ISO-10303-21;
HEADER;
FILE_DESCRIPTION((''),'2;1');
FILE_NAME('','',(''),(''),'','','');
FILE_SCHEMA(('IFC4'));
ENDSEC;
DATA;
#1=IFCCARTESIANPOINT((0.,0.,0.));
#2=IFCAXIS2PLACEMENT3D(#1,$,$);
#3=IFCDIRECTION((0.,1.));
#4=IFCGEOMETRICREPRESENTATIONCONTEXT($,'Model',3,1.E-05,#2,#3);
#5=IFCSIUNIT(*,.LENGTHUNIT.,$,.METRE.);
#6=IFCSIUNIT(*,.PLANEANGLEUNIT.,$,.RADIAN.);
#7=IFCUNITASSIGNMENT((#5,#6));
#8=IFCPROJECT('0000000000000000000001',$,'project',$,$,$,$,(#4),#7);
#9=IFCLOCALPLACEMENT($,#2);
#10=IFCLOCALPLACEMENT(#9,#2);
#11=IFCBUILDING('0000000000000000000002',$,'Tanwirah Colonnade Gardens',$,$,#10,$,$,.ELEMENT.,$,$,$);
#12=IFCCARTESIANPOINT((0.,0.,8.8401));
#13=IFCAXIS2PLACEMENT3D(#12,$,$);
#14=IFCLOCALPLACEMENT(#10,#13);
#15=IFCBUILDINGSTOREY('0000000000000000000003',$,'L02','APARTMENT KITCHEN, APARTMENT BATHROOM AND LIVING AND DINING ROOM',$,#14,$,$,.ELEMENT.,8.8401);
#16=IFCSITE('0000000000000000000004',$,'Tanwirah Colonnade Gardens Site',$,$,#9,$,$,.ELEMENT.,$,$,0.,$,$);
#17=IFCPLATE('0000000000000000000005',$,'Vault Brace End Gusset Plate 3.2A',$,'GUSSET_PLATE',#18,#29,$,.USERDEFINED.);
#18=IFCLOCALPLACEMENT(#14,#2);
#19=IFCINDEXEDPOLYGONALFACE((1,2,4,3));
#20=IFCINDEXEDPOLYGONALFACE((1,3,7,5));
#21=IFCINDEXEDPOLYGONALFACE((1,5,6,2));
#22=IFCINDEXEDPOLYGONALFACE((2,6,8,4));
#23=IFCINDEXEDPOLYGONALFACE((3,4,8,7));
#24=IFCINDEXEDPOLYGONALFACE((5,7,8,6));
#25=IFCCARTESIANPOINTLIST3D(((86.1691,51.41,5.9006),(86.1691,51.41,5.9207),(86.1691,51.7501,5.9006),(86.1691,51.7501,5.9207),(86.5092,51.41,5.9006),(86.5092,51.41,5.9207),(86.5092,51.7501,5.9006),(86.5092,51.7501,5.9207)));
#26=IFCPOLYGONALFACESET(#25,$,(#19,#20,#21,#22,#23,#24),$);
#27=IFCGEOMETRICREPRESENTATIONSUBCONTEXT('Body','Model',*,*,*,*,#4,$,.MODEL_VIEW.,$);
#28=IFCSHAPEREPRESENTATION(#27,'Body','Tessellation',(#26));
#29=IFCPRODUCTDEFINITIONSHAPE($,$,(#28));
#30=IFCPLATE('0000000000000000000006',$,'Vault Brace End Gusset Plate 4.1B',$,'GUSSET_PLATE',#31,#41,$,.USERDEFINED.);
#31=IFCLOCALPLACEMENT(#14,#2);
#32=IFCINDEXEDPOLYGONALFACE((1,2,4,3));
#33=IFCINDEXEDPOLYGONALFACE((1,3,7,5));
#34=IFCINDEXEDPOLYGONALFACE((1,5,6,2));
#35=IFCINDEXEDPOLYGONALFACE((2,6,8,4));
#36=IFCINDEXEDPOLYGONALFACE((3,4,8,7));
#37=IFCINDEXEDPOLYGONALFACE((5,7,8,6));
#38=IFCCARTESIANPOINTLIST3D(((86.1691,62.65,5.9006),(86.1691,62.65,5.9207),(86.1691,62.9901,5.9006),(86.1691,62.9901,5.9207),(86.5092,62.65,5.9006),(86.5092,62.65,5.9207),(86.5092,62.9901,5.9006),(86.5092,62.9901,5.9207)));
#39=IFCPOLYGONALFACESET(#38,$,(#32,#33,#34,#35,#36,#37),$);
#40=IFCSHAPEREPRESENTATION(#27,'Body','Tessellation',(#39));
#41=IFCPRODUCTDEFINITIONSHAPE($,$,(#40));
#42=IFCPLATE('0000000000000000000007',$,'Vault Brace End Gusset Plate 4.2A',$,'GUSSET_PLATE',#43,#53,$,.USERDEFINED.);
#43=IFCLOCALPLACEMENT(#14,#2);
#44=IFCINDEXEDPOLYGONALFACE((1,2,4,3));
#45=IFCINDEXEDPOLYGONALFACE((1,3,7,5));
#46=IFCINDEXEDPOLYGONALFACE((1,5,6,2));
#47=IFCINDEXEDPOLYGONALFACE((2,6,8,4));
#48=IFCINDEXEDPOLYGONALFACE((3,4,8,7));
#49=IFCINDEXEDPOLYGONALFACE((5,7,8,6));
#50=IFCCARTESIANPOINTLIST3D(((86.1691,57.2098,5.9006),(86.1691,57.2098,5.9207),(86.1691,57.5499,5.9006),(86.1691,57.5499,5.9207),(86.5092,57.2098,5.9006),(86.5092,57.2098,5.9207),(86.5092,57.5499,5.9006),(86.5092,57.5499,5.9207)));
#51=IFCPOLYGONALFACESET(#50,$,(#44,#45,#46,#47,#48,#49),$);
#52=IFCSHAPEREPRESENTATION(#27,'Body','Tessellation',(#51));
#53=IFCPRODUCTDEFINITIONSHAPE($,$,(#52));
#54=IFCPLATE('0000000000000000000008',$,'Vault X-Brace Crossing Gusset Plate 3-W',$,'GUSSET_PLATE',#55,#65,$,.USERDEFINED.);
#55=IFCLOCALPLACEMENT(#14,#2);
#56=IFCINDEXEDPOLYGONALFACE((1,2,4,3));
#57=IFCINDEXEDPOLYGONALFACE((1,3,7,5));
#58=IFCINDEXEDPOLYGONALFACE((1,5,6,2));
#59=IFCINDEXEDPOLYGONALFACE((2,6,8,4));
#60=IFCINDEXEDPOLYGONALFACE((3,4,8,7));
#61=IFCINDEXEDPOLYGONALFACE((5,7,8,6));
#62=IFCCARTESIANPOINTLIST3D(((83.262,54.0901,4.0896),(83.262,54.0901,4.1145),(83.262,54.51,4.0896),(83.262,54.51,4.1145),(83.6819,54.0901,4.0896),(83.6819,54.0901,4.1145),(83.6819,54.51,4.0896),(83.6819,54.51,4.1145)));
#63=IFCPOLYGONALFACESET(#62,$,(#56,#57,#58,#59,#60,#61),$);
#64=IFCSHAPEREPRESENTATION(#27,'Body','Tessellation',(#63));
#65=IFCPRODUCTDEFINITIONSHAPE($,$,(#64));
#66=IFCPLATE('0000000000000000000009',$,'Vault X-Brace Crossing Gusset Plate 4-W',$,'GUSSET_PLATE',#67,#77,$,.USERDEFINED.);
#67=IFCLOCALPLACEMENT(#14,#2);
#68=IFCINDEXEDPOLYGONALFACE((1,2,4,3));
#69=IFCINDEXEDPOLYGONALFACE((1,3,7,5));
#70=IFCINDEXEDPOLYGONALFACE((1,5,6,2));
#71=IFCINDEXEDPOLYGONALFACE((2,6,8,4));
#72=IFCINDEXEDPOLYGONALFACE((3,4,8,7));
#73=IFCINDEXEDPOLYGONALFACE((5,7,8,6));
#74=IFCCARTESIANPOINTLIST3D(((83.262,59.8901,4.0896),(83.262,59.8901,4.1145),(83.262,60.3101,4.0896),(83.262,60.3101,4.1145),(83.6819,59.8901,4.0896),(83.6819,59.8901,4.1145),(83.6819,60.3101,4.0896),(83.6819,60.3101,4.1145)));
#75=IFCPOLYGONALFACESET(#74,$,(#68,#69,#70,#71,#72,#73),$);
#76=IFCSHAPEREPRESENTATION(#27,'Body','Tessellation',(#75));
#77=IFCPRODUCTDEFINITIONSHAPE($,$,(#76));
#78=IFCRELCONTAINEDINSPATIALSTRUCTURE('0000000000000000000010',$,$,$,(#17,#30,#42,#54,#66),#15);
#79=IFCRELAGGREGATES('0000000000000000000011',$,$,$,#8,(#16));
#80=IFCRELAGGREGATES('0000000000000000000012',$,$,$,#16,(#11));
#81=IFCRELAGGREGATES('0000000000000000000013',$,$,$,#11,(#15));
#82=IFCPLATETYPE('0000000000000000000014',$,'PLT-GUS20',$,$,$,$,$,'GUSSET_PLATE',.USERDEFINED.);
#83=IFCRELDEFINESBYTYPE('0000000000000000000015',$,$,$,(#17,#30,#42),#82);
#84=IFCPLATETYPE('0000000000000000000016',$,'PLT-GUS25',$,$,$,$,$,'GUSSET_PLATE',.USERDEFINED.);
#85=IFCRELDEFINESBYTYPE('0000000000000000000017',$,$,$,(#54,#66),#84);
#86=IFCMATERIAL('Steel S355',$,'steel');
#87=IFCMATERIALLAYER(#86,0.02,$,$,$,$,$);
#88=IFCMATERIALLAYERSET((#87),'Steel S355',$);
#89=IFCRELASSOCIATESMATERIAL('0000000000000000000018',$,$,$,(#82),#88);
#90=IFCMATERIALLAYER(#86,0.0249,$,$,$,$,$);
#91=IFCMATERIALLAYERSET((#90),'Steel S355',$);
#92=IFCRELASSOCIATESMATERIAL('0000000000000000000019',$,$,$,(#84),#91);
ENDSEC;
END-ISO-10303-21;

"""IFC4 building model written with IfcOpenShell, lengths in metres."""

from ifc_helpers import new_model, si_unit, direction, frame, origin, origin_2d, place, context, subcontext, project, spatial, rectangle, extrude, material, layer, layer_set, type_object, element, save


model = new_model("IFC4")

# Units and contexts
model_context = context("Model", 3, precision=1e-05, world=origin(), true_north=direction((0.0, 1.0)))
body_context = subcontext(model_context, "Body", "Model", "MODEL_VIEW")
ifc_project = project(units=[si_unit("LENGTHUNIT", "METRE"), si_unit("PLANEANGLEUNIT", "RADIAN")], contexts=[model_context])

# Site, building, storey
site_placement = place(None, origin())
site = spatial("IfcSite", under=ifc_project, at=site_placement, Name="Tanwirah Colonnade Gardens Site", CompositionType="ELEMENT", RefElevation=0.0)
building_placement = place(site_placement, origin())
building = spatial("IfcBuilding", under=site, at=building_placement, Name="Tanwirah Colonnade Gardens", CompositionType="ELEMENT")
storey_placement = place(building_placement, frame((0.0, 0.0, 8.8401)))
storey = spatial("IfcBuildingStorey", under=building, at=storey_placement, Name="L02", Description="APARTMENT KITCHEN, APARTMENT BATHROOM AND LIVING AND DINING ROOM", CompositionType="ELEMENT", Elevation=8.8401)

# Shared definitions
ifc_material_1 = material(Name="Steel S355", Category="steel")

# Plates
ifc_layer_1 = layer(ifc_material_1, 0.02)
ifc_layer_set_1 = layer_set([ifc_layer_1], Name="Steel S355")
plate_type_1 = type_object("IfcPlateType", Name="PLT-GUS20", ElementType="GUSSET_PLATE", PredefinedType="USERDEFINED", material=ifc_layer_set_1)
for number, where, z_axis, x_axis, name in (
    (1, (86.3391, 51.5801, 5.9006), (0.0, 0.0, 1.0), (1.0, 0.0, 0.0), "Vault Brace End Gusset Plate 3.2A"),
    (2, (86.3391, 62.8201, 5.9006), (0.0, 0.0, 1.0), (1.0, 0.0, 0.0), "Vault Brace End Gusset Plate 4.1B"),
    (3, (86.3391, 57.3799, 5.9006), (0.0, 0.0, 1.0), (1.0, 0.0, 0.0), "Vault Brace End Gusset Plate 4.2A"),
):
    element("IfcPlate", number, at=place(storey_placement, frame(where, z_axis=z_axis, x_axis=x_axis)), inside=storey, type_object=plate_type_1, Name=name, ObjectType="GUSSET_PLATE", PredefinedType="USERDEFINED", context=body_context, shape_type="SweptSolid", body=[
        extrude(rectangle(XDim=0.3401, YDim=0.3401, at=origin_2d()), origin(), (0.0, 0.0, 1.0), 0.02),
    ])
ifc_layer_2 = layer(ifc_material_1, 0.0249)
ifc_layer_set_2 = layer_set([ifc_layer_2], Name="Steel S355")
plate_type_2 = type_object("IfcPlateType", Name="PLT-GUS25", ElementType="GUSSET_PLATE", PredefinedType="USERDEFINED", material=ifc_layer_set_2)
for number, where, z_axis, x_axis, name in (
    (4, (83.4719, 54.3, 4.0896), (0.0, 0.0, 1.0), (1.0, 0.0, 0.0), "Vault X-Brace Crossing Gusset Plate 3-W"),
    (5, (83.4719, 60.1001, 4.0896), (0.0, 0.0, 1.0), (1.0, 0.0, 0.0), "Vault X-Brace Crossing Gusset Plate 4-W"),
):
    element("IfcPlate", number, at=place(storey_placement, frame(where, z_axis=z_axis, x_axis=x_axis)), inside=storey, type_object=plate_type_2, Name=name, ObjectType="GUSSET_PLATE", PredefinedType="USERDEFINED", context=body_context, shape_type="SweptSolid", body=[
        extrude(rectangle(XDim=0.4199, YDim=0.4199, at=origin_2d()), origin(), (0.0, 0.0, 1.0), 0.0249),
    ])

save(model, "model.ifc")
